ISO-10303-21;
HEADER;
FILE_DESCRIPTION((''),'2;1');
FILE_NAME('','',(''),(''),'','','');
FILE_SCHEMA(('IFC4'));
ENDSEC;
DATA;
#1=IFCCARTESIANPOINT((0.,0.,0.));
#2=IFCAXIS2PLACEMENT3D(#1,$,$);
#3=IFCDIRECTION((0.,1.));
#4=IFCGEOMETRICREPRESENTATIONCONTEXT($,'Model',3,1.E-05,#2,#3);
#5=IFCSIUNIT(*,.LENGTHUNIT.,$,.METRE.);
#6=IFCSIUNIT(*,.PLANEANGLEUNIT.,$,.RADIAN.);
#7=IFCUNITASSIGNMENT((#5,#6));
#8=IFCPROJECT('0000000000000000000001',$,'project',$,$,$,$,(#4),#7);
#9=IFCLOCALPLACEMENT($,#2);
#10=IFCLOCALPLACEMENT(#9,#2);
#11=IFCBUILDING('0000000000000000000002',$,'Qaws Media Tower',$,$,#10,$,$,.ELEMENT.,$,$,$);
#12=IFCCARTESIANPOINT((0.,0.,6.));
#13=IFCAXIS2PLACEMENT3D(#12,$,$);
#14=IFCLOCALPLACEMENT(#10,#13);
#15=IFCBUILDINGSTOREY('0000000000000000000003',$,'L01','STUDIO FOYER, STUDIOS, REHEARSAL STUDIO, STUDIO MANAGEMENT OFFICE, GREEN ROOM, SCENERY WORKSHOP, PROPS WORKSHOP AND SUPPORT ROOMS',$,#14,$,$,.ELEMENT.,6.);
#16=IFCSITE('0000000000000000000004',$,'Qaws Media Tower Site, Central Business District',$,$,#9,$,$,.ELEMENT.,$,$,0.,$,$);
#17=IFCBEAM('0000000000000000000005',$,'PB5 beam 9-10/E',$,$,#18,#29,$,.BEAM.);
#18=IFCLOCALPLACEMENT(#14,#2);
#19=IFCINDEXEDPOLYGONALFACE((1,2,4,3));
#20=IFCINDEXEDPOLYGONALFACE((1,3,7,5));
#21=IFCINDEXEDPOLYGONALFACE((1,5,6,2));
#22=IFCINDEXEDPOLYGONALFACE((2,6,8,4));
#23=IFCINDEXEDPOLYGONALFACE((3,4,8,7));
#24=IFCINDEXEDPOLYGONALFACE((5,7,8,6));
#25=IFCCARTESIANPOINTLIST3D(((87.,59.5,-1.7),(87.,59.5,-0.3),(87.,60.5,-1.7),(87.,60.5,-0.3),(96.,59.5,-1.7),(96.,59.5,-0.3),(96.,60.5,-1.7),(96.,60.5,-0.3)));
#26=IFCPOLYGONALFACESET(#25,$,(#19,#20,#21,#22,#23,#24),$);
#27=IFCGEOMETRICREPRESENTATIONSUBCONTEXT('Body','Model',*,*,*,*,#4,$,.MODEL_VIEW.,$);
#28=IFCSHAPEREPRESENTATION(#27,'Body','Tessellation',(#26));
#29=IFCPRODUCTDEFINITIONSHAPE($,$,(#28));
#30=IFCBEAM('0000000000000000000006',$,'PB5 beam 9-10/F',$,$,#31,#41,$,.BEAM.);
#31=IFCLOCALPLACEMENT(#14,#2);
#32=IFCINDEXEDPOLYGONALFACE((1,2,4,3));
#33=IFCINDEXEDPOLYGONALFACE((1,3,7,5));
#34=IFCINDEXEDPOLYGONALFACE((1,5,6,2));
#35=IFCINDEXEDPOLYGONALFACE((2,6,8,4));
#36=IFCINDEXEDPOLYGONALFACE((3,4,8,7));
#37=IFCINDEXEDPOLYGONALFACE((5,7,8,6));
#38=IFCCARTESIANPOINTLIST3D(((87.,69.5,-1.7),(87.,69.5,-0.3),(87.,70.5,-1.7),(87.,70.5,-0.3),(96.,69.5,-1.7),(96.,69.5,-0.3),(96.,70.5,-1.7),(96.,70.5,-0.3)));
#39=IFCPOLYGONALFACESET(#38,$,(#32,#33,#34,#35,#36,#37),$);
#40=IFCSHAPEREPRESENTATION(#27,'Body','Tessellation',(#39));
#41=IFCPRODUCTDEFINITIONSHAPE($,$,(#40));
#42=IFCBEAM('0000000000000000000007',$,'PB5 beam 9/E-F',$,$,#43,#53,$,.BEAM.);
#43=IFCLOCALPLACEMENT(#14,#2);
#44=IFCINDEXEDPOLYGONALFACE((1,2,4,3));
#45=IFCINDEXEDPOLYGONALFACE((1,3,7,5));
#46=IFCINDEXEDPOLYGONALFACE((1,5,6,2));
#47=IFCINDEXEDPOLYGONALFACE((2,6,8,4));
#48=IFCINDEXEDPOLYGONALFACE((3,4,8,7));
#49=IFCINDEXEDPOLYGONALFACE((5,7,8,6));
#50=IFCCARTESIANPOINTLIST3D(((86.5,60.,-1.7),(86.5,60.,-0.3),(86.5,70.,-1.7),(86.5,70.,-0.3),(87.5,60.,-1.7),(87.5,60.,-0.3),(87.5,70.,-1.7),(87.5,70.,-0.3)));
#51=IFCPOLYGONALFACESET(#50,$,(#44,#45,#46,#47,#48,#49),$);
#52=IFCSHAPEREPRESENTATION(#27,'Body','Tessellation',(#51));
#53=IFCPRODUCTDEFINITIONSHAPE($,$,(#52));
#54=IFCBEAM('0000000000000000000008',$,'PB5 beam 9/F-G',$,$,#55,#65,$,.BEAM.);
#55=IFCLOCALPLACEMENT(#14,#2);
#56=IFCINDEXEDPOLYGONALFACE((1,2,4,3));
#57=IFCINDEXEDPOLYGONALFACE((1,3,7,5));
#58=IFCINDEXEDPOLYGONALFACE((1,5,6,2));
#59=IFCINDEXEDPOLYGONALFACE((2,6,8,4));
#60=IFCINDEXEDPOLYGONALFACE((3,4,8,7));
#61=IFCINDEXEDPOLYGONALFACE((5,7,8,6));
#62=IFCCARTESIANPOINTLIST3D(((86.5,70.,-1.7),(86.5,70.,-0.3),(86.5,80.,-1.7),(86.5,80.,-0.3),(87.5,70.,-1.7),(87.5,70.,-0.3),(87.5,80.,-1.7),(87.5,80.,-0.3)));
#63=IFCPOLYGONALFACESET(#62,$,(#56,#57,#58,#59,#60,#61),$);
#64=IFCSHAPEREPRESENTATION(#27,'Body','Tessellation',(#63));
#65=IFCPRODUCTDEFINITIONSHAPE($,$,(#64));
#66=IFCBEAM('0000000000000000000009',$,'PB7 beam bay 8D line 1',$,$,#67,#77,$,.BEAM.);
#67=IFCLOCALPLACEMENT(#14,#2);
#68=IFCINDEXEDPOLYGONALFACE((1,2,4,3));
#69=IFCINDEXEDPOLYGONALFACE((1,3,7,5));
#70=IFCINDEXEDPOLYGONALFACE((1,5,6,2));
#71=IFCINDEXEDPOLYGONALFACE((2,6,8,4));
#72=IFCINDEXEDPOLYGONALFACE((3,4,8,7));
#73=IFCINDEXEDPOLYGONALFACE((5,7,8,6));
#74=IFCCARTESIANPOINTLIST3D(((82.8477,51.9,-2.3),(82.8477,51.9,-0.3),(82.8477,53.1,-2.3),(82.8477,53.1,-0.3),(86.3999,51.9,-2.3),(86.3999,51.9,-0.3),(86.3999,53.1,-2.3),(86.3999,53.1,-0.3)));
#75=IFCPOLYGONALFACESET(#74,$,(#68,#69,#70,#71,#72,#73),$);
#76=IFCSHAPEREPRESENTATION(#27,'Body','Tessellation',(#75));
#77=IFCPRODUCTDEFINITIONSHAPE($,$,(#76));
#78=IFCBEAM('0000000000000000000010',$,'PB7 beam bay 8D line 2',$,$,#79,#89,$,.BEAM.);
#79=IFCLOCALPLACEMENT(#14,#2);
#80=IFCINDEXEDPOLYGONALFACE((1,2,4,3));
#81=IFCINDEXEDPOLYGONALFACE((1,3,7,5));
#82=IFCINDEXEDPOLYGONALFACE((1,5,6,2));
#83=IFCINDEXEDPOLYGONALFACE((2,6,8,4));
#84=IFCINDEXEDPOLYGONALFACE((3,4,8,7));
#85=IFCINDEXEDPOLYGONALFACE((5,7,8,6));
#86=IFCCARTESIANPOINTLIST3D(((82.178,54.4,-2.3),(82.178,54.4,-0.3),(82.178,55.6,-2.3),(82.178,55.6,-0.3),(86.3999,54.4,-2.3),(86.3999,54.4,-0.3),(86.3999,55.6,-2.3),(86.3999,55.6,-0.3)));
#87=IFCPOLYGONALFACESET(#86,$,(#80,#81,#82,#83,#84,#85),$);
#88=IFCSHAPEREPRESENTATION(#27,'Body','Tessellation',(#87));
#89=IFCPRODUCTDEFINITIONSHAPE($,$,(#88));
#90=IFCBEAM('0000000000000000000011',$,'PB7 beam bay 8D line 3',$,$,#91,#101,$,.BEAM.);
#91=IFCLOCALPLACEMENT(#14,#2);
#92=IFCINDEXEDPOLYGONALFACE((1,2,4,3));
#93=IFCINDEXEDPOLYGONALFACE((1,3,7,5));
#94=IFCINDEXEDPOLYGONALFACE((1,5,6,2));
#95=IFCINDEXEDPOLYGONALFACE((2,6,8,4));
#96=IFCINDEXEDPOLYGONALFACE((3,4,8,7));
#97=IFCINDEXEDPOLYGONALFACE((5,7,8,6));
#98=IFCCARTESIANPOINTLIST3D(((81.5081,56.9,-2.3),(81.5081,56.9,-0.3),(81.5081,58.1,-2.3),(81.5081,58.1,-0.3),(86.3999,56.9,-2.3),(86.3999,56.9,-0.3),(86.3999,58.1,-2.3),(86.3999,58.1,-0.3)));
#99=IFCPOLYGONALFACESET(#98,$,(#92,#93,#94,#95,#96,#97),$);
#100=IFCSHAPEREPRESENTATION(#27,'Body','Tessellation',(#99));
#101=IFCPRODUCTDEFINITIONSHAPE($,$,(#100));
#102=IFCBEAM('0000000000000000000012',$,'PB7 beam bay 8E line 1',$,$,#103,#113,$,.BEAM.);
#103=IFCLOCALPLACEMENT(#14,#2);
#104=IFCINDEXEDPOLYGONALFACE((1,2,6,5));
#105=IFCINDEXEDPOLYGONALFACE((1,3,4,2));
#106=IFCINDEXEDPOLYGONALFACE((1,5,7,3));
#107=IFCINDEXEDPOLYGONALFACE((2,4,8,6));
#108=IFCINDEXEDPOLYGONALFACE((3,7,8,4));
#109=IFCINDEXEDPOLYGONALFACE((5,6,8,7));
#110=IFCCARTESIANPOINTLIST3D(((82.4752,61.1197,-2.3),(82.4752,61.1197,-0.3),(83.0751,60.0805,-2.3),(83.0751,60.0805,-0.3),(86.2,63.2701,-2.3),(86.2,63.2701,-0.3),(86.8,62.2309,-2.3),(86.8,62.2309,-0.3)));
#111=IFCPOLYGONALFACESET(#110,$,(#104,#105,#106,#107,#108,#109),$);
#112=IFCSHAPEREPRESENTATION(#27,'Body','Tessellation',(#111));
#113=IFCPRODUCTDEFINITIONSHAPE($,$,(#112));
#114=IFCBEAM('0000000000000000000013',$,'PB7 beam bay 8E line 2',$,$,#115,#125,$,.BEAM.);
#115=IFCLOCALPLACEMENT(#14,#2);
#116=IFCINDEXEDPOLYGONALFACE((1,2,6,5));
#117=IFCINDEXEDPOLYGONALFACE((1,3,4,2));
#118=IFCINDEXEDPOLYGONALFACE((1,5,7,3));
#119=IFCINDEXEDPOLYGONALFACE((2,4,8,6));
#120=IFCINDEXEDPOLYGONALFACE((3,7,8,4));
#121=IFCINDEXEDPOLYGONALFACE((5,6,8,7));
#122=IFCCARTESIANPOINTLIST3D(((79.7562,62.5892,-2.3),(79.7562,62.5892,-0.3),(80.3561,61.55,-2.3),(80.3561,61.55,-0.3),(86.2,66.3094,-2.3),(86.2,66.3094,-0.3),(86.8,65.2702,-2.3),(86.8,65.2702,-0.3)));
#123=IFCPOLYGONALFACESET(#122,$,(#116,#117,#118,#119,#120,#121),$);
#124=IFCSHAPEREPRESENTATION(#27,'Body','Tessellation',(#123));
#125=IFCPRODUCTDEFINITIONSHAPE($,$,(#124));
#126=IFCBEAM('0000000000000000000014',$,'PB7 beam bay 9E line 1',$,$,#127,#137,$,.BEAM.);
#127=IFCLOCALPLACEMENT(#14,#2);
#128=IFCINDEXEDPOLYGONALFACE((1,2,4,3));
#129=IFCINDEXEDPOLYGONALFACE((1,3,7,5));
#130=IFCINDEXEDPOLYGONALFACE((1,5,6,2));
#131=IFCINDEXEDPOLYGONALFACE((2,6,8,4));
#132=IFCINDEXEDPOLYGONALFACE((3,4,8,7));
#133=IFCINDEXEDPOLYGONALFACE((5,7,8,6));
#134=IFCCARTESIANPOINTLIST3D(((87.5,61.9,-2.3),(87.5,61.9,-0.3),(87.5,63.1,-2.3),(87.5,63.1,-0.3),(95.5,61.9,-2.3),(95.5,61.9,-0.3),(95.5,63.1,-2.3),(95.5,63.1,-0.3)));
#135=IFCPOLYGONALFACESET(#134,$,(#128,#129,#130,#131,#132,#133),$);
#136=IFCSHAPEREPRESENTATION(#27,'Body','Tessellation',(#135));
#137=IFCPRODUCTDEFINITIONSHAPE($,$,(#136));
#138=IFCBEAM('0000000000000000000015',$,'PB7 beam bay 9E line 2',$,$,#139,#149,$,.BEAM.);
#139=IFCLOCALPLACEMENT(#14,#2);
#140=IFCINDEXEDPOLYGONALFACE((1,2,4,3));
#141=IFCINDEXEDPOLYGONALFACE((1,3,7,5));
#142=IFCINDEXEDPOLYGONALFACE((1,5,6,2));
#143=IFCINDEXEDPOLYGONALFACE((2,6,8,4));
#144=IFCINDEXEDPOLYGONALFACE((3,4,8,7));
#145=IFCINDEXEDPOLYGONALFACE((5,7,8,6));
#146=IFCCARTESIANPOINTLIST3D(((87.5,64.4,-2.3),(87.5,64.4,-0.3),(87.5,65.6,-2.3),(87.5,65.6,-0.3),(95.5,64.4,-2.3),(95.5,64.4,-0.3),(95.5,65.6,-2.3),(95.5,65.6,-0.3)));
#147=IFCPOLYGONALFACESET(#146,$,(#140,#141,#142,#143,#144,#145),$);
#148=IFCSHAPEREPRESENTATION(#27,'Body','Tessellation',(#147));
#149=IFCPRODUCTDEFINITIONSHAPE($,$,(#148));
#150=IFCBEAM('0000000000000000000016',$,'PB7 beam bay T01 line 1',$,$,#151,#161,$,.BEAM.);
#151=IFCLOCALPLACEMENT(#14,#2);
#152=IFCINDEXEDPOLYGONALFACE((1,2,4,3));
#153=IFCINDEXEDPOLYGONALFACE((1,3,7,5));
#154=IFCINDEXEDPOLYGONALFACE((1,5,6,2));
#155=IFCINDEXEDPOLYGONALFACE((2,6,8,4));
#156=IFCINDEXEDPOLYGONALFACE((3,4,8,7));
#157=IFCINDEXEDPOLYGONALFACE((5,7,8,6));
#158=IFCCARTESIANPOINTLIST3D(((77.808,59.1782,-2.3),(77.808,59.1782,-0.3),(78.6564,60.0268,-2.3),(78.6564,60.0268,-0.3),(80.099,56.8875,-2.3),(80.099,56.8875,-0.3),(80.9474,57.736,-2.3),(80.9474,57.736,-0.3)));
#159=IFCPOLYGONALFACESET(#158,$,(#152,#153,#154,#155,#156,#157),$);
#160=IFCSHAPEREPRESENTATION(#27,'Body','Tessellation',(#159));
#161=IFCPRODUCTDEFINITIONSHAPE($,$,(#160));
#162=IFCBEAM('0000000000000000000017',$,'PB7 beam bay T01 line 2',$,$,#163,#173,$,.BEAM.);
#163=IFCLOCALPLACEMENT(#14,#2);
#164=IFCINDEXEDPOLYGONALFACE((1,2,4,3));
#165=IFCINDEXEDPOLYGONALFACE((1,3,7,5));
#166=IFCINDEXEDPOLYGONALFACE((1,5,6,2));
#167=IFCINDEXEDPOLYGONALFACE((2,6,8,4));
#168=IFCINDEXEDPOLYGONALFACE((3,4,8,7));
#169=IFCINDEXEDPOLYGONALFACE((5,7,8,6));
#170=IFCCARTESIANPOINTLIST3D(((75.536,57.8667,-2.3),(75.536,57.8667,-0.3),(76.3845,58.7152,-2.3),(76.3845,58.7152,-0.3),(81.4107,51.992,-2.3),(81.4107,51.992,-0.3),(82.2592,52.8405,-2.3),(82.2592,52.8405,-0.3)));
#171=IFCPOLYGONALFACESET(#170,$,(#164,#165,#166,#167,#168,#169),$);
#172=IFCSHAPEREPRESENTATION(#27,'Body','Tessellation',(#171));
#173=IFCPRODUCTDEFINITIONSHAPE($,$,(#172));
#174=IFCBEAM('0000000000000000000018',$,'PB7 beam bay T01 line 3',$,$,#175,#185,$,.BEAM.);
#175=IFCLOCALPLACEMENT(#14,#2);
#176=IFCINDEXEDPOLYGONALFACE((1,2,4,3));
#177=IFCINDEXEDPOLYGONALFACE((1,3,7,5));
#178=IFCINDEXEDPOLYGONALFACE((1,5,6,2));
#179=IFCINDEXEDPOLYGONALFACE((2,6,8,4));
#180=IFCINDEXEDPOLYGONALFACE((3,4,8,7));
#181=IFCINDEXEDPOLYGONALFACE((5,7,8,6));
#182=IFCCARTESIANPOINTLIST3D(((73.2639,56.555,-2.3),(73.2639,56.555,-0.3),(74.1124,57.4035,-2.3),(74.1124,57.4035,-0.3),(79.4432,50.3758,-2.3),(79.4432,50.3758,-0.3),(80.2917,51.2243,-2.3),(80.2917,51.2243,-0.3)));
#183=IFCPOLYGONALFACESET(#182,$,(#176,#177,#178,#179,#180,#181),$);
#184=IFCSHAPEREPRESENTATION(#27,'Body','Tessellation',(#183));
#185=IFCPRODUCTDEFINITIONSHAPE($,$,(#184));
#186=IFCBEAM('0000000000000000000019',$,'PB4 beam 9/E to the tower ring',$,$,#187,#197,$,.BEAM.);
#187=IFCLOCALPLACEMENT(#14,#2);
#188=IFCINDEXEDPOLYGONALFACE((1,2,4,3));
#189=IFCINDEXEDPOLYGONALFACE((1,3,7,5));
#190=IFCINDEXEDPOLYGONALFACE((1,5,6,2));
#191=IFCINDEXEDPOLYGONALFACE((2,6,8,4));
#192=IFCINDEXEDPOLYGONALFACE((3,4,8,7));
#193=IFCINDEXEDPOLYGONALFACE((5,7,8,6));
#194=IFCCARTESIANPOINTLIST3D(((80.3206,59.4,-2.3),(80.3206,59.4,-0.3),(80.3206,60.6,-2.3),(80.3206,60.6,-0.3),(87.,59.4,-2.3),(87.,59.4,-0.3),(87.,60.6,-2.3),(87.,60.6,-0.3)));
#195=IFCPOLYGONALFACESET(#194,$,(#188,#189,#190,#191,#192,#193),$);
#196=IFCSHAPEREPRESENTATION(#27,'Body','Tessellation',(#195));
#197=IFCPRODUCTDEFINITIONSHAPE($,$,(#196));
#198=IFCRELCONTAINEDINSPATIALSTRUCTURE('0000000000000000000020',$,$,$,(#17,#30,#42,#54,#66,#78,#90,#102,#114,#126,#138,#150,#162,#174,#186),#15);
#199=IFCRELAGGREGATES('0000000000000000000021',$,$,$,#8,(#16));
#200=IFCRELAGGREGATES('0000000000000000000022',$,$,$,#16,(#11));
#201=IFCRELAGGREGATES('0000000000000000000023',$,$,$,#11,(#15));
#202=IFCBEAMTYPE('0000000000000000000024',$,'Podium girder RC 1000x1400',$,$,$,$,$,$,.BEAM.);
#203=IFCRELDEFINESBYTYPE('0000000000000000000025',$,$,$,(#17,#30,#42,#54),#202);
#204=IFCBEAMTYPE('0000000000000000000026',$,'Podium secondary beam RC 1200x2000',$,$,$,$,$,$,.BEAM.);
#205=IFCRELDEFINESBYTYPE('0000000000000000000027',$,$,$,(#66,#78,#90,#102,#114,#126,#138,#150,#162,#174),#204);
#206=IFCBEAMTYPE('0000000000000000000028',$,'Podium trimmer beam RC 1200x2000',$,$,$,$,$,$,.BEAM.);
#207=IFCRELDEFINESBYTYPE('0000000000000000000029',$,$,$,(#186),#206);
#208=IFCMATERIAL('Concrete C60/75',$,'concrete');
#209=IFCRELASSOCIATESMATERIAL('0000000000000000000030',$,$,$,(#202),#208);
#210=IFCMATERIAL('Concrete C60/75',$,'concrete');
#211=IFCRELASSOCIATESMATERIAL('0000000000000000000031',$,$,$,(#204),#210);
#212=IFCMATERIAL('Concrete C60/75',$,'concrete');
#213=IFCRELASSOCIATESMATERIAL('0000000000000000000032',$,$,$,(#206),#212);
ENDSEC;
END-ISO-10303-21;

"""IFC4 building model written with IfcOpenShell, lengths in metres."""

from ifc_helpers import new_model, si_unit, direction, frame, origin, origin_2d, place, context, subcontext, project, spatial, rectangle, extrude, material, material_profile, profile_set, type_object, element, save


model = new_model("IFC4")

# Units and contexts
model_context = context("Model", 3, precision=1e-05, world=origin(), true_north=direction((0.0, 1.0)))
body_context = subcontext(model_context, "Body", "Model", "MODEL_VIEW")
ifc_project = project(units=[si_unit("LENGTHUNIT", "METRE"), si_unit("PLANEANGLEUNIT", "RADIAN")], contexts=[model_context])

# Site, building, storey
site_placement = place(None, origin())
site = spatial("IfcSite", under=ifc_project, at=site_placement, Name="Qaws Media Tower Site, Central Business District", CompositionType="ELEMENT", RefElevation=0.0)
building_placement = place(site_placement, origin())
building = spatial("IfcBuilding", under=site, at=building_placement, Name="Qaws Media Tower", CompositionType="ELEMENT")
storey_placement = place(building_placement, frame((0.0, 0.0, 6.0)))
storey = spatial("IfcBuildingStorey", under=building, at=storey_placement, Name="L01", Description="STUDIO FOYER, STUDIOS, REHEARSAL STUDIO, STUDIO MANAGEMENT OFFICE, GREEN ROOM, SCENERY WORKSHOP, PROPS WORKSHOP AND SUPPORT ROOMS", CompositionType="ELEMENT", Elevation=6.0)

# Beams
ifc_material_1 = material(Name="Concrete C60/75", Category="concrete")
ifc_material_profile_1 = material_profile(ifc_material_1, rectangle(XDim=1.0, YDim=1.3999, at=origin_2d()), Name="RC 1000x1400")
ifc_profile_set_1 = profile_set([ifc_material_profile_1], Name="Concrete C60/75")
beam_type_1 = type_object("IfcBeamType", Name="Podium girder RC 1000x1400", PredefinedType="BEAM", material=ifc_profile_set_1)
for number, where, z_axis, x_axis, name in (
    (1, (87.0, 60.0, -1.0), (1.0, 0.0, 0.0), (0.0, 1.0, 0.0), "PB5 beam 9-10/E"),
    (2, (87.0, 70.0, -1.0), (1.0, 0.0, 0.0), (0.0, 1.0, 0.0), "PB5 beam 9-10/F"),
):
    element("IfcBeam", number, at=place(storey_placement, frame(where, z_axis=z_axis, x_axis=x_axis)), inside=storey, type_object=beam_type_1, Name=name, PredefinedType="BEAM", context=body_context, shape_type="SweptSolid", body=[
        extrude(rectangle(XDim=1.0, YDim=1.3999, at=origin_2d()), origin(), (0.0, 0.0, 1.0), 9.0),
    ])
for number, where, z_axis, x_axis, name in (
    (3, (87.0, 60.0, -1.0), (0.0, 1.0, 0.0), (-1.0, 0.0, 0.0), "PB5 beam 9/E-F"),
    (4, (87.0, 70.0, -1.0), (0.0, 1.0, 0.0), (-1.0, 0.0, 0.0), "PB5 beam 9/F-G"),
):
    element("IfcBeam", number, at=place(storey_placement, frame(where, z_axis=z_axis, x_axis=x_axis)), inside=storey, type_object=beam_type_1, Name=name, PredefinedType="BEAM", context=body_context, shape_type="SweptSolid", body=[
        extrude(rectangle(XDim=1.0, YDim=1.3999, at=origin_2d()), origin(), (0.0, 0.0, 1.0), 10.0),
    ])
ifc_material_2 = material(Name="Concrete C60/75", Category="concrete")
ifc_material_profile_2 = material_profile(ifc_material_2, rectangle(XDim=1.2, YDim=2.0, at=origin_2d()), Name="RC 1200x2000")
ifc_profile_set_2 = profile_set([ifc_material_profile_2], Name="Concrete C60/75")
beam_type_2 = type_object("IfcBeamType", Name="Podium secondary beam RC 1200x2000", PredefinedType="BEAM", material=ifc_profile_set_2)
beam_1_placement = place(storey_placement, frame((82.8477, 52.5, -1.3), z_axis=(1.0, 0.0, 0.0), x_axis=(0.0, 1.0, 0.0)))
element("IfcBeam", 5, at=beam_1_placement, inside=storey, type_object=beam_type_2, Name="PB7 beam bay 8D line 1", PredefinedType="BEAM", context=body_context, shape_type="SweptSolid", body=[
    extrude(rectangle(XDim=1.2, YDim=2.0, at=origin_2d()), origin(), (0.0, 0.0, 1.0), 3.5522),
])
beam_2_placement = place(storey_placement, frame((82.178, 55.0, -1.3), z_axis=(1.0, 0.0, 0.0), x_axis=(0.0, 1.0, 0.0)))
element("IfcBeam", 6, at=beam_2_placement, inside=storey, type_object=beam_type_2, Name="PB7 beam bay 8D line 2", PredefinedType="BEAM", context=body_context, shape_type="SweptSolid", body=[
    extrude(rectangle(XDim=1.2, YDim=2.0, at=origin_2d()), origin(), (0.0, 0.0, 1.0), 4.2219),
])
beam_3_placement = place(storey_placement, frame((81.5081, 57.5, -1.3), z_axis=(1.0, 0.0, 0.0), x_axis=(0.0, 1.0, 0.0)))
element("IfcBeam", 7, at=beam_3_placement, inside=storey, type_object=beam_type_2, Name="PB7 beam bay 8D line 3", PredefinedType="BEAM", context=body_context, shape_type="SweptSolid", body=[
    extrude(rectangle(XDim=1.2, YDim=2.0, at=origin_2d()), origin(), (0.0, 0.0, 1.0), 4.8918),
])
beam_4_placement = place(storey_placement, frame((82.7751, 60.6001, -1.3), z_axis=(0.866041, 0.499973, 0.0), x_axis=(-0.499973, 0.866041, 0.0)))
element("IfcBeam", 8, at=beam_4_placement, inside=storey, type_object=beam_type_2, Name="PB7 beam bay 8E line 1", PredefinedType="BEAM", context=body_context, shape_type="SweptSolid", body=[
    extrude(rectangle(XDim=1.2, YDim=2.0, at=origin_2d()), origin(), (0.0, 0.0, 1.0), 4.301),
])
beam_5_placement = place(storey_placement, frame((80.0562, 62.0696, -1.3), z_axis=(0.866034, 0.499986, 0.0), x_axis=(-0.499986, 0.866034, 0.0)))
element("IfcBeam", 9, at=beam_5_placement, inside=storey, type_object=beam_type_2, Name="PB7 beam bay 8E line 2", PredefinedType="BEAM", context=body_context, shape_type="SweptSolid", body=[
    extrude(rectangle(XDim=1.2, YDim=2.0, at=origin_2d()), origin(), (0.0, 0.0, 1.0), 7.4407),
])
for number, where, z_axis, x_axis, name in (
    (10, (87.5, 62.5, -1.3), (1.0, 0.0, 0.0), (0.0, 1.0, 0.0), "PB7 beam bay 9E line 1"),
    (11, (87.5, 65.0, -1.3), (1.0, 0.0, 0.0), (0.0, 1.0, 0.0), "PB7 beam bay 9E line 2"),
):
    element("IfcBeam", number, at=place(storey_placement, frame(where, z_axis=z_axis, x_axis=x_axis)), inside=storey, type_object=beam_type_2, Name=name, PredefinedType="BEAM", context=body_context, shape_type="SweptSolid", body=[
        extrude(rectangle(XDim=1.2, YDim=2.0, at=origin_2d()), origin(), (0.0, 0.0, 1.0), 8.0),
    ])
beam_6_placement = place(storey_placement, frame((80.5232, 57.3118, -1.3), z_axis=(-0.707144, 0.707069, 0.0), x_axis=(-0.707069, -0.707144, 0.0)))
element("IfcBeam", 12, at=beam_6_placement, inside=storey, type_object=beam_type_2, Name="PB7 beam bay T01 line 1", PredefinedType="BEAM", context=body_context, shape_type="SweptSolid", body=[
    extrude(rectangle(XDim=1.2, YDim=2.0, at=origin_2d()), origin(), (0.0, 0.0, 1.0), 3.2397),
])
beam_7_placement = place(storey_placement, frame((81.835, 52.4163, -1.3), z_axis=(-0.707107, 0.707107, 0.0), x_axis=(-0.707107, -0.707107, 0.0)))
element("IfcBeam", 13, at=beam_7_placement, inside=storey, type_object=beam_type_2, Name="PB7 beam bay T01 line 2", PredefinedType="BEAM", context=body_context, shape_type="SweptSolid", body=[
    extrude(rectangle(XDim=1.2, YDim=2.0, at=origin_2d()), origin(), (0.0, 0.0, 1.0), 8.3081),
])
beam_8_placement = place(storey_placement, frame((79.8674, 50.8, -1.3), z_axis=(-0.707107, 0.707107, 0.0), x_axis=(-0.707107, -0.707107, 0.0)))
element("IfcBeam", 14, at=beam_8_placement, inside=storey, type_object=beam_type_2, Name="PB7 beam bay T01 line 3", PredefinedType="BEAM", context=body_context, shape_type="SweptSolid", body=[
    extrude(rectangle(XDim=1.2, YDim=2.0, at=origin_2d()), origin(), (0.0, 0.0, 1.0), 8.7388),
])
ifc_material_3 = material(Name="Concrete C60/75", Category="concrete")
ifc_material_profile_3 = material_profile(ifc_material_3, rectangle(XDim=1.2, YDim=2.0, at=origin_2d()), Name="RC 1200x2000")
ifc_profile_set_3 = profile_set([ifc_material_profile_3], Name="Concrete C60/75")
beam_type_3 = type_object("IfcBeamType", Name="Podium trimmer beam RC 1200x2000", PredefinedType="BEAM", material=ifc_profile_set_3)
beam_9_placement = place(storey_placement, frame((87.0, 60.0, -1.3), z_axis=(-1.0, 0.0, 0.0), x_axis=(0.0, -1.0, 0.0)))
element("IfcBeam", 15, at=beam_9_placement, inside=storey, type_object=beam_type_3, Name="PB4 beam 9/E to the tower ring", PredefinedType="BEAM", context=body_context, shape_type="SweptSolid", body=[
    extrude(rectangle(XDim=1.2, YDim=2.0, at=origin_2d()), origin(), (0.0, 0.0, 1.0), 6.6794),
])

save(model, "model.ifc")
